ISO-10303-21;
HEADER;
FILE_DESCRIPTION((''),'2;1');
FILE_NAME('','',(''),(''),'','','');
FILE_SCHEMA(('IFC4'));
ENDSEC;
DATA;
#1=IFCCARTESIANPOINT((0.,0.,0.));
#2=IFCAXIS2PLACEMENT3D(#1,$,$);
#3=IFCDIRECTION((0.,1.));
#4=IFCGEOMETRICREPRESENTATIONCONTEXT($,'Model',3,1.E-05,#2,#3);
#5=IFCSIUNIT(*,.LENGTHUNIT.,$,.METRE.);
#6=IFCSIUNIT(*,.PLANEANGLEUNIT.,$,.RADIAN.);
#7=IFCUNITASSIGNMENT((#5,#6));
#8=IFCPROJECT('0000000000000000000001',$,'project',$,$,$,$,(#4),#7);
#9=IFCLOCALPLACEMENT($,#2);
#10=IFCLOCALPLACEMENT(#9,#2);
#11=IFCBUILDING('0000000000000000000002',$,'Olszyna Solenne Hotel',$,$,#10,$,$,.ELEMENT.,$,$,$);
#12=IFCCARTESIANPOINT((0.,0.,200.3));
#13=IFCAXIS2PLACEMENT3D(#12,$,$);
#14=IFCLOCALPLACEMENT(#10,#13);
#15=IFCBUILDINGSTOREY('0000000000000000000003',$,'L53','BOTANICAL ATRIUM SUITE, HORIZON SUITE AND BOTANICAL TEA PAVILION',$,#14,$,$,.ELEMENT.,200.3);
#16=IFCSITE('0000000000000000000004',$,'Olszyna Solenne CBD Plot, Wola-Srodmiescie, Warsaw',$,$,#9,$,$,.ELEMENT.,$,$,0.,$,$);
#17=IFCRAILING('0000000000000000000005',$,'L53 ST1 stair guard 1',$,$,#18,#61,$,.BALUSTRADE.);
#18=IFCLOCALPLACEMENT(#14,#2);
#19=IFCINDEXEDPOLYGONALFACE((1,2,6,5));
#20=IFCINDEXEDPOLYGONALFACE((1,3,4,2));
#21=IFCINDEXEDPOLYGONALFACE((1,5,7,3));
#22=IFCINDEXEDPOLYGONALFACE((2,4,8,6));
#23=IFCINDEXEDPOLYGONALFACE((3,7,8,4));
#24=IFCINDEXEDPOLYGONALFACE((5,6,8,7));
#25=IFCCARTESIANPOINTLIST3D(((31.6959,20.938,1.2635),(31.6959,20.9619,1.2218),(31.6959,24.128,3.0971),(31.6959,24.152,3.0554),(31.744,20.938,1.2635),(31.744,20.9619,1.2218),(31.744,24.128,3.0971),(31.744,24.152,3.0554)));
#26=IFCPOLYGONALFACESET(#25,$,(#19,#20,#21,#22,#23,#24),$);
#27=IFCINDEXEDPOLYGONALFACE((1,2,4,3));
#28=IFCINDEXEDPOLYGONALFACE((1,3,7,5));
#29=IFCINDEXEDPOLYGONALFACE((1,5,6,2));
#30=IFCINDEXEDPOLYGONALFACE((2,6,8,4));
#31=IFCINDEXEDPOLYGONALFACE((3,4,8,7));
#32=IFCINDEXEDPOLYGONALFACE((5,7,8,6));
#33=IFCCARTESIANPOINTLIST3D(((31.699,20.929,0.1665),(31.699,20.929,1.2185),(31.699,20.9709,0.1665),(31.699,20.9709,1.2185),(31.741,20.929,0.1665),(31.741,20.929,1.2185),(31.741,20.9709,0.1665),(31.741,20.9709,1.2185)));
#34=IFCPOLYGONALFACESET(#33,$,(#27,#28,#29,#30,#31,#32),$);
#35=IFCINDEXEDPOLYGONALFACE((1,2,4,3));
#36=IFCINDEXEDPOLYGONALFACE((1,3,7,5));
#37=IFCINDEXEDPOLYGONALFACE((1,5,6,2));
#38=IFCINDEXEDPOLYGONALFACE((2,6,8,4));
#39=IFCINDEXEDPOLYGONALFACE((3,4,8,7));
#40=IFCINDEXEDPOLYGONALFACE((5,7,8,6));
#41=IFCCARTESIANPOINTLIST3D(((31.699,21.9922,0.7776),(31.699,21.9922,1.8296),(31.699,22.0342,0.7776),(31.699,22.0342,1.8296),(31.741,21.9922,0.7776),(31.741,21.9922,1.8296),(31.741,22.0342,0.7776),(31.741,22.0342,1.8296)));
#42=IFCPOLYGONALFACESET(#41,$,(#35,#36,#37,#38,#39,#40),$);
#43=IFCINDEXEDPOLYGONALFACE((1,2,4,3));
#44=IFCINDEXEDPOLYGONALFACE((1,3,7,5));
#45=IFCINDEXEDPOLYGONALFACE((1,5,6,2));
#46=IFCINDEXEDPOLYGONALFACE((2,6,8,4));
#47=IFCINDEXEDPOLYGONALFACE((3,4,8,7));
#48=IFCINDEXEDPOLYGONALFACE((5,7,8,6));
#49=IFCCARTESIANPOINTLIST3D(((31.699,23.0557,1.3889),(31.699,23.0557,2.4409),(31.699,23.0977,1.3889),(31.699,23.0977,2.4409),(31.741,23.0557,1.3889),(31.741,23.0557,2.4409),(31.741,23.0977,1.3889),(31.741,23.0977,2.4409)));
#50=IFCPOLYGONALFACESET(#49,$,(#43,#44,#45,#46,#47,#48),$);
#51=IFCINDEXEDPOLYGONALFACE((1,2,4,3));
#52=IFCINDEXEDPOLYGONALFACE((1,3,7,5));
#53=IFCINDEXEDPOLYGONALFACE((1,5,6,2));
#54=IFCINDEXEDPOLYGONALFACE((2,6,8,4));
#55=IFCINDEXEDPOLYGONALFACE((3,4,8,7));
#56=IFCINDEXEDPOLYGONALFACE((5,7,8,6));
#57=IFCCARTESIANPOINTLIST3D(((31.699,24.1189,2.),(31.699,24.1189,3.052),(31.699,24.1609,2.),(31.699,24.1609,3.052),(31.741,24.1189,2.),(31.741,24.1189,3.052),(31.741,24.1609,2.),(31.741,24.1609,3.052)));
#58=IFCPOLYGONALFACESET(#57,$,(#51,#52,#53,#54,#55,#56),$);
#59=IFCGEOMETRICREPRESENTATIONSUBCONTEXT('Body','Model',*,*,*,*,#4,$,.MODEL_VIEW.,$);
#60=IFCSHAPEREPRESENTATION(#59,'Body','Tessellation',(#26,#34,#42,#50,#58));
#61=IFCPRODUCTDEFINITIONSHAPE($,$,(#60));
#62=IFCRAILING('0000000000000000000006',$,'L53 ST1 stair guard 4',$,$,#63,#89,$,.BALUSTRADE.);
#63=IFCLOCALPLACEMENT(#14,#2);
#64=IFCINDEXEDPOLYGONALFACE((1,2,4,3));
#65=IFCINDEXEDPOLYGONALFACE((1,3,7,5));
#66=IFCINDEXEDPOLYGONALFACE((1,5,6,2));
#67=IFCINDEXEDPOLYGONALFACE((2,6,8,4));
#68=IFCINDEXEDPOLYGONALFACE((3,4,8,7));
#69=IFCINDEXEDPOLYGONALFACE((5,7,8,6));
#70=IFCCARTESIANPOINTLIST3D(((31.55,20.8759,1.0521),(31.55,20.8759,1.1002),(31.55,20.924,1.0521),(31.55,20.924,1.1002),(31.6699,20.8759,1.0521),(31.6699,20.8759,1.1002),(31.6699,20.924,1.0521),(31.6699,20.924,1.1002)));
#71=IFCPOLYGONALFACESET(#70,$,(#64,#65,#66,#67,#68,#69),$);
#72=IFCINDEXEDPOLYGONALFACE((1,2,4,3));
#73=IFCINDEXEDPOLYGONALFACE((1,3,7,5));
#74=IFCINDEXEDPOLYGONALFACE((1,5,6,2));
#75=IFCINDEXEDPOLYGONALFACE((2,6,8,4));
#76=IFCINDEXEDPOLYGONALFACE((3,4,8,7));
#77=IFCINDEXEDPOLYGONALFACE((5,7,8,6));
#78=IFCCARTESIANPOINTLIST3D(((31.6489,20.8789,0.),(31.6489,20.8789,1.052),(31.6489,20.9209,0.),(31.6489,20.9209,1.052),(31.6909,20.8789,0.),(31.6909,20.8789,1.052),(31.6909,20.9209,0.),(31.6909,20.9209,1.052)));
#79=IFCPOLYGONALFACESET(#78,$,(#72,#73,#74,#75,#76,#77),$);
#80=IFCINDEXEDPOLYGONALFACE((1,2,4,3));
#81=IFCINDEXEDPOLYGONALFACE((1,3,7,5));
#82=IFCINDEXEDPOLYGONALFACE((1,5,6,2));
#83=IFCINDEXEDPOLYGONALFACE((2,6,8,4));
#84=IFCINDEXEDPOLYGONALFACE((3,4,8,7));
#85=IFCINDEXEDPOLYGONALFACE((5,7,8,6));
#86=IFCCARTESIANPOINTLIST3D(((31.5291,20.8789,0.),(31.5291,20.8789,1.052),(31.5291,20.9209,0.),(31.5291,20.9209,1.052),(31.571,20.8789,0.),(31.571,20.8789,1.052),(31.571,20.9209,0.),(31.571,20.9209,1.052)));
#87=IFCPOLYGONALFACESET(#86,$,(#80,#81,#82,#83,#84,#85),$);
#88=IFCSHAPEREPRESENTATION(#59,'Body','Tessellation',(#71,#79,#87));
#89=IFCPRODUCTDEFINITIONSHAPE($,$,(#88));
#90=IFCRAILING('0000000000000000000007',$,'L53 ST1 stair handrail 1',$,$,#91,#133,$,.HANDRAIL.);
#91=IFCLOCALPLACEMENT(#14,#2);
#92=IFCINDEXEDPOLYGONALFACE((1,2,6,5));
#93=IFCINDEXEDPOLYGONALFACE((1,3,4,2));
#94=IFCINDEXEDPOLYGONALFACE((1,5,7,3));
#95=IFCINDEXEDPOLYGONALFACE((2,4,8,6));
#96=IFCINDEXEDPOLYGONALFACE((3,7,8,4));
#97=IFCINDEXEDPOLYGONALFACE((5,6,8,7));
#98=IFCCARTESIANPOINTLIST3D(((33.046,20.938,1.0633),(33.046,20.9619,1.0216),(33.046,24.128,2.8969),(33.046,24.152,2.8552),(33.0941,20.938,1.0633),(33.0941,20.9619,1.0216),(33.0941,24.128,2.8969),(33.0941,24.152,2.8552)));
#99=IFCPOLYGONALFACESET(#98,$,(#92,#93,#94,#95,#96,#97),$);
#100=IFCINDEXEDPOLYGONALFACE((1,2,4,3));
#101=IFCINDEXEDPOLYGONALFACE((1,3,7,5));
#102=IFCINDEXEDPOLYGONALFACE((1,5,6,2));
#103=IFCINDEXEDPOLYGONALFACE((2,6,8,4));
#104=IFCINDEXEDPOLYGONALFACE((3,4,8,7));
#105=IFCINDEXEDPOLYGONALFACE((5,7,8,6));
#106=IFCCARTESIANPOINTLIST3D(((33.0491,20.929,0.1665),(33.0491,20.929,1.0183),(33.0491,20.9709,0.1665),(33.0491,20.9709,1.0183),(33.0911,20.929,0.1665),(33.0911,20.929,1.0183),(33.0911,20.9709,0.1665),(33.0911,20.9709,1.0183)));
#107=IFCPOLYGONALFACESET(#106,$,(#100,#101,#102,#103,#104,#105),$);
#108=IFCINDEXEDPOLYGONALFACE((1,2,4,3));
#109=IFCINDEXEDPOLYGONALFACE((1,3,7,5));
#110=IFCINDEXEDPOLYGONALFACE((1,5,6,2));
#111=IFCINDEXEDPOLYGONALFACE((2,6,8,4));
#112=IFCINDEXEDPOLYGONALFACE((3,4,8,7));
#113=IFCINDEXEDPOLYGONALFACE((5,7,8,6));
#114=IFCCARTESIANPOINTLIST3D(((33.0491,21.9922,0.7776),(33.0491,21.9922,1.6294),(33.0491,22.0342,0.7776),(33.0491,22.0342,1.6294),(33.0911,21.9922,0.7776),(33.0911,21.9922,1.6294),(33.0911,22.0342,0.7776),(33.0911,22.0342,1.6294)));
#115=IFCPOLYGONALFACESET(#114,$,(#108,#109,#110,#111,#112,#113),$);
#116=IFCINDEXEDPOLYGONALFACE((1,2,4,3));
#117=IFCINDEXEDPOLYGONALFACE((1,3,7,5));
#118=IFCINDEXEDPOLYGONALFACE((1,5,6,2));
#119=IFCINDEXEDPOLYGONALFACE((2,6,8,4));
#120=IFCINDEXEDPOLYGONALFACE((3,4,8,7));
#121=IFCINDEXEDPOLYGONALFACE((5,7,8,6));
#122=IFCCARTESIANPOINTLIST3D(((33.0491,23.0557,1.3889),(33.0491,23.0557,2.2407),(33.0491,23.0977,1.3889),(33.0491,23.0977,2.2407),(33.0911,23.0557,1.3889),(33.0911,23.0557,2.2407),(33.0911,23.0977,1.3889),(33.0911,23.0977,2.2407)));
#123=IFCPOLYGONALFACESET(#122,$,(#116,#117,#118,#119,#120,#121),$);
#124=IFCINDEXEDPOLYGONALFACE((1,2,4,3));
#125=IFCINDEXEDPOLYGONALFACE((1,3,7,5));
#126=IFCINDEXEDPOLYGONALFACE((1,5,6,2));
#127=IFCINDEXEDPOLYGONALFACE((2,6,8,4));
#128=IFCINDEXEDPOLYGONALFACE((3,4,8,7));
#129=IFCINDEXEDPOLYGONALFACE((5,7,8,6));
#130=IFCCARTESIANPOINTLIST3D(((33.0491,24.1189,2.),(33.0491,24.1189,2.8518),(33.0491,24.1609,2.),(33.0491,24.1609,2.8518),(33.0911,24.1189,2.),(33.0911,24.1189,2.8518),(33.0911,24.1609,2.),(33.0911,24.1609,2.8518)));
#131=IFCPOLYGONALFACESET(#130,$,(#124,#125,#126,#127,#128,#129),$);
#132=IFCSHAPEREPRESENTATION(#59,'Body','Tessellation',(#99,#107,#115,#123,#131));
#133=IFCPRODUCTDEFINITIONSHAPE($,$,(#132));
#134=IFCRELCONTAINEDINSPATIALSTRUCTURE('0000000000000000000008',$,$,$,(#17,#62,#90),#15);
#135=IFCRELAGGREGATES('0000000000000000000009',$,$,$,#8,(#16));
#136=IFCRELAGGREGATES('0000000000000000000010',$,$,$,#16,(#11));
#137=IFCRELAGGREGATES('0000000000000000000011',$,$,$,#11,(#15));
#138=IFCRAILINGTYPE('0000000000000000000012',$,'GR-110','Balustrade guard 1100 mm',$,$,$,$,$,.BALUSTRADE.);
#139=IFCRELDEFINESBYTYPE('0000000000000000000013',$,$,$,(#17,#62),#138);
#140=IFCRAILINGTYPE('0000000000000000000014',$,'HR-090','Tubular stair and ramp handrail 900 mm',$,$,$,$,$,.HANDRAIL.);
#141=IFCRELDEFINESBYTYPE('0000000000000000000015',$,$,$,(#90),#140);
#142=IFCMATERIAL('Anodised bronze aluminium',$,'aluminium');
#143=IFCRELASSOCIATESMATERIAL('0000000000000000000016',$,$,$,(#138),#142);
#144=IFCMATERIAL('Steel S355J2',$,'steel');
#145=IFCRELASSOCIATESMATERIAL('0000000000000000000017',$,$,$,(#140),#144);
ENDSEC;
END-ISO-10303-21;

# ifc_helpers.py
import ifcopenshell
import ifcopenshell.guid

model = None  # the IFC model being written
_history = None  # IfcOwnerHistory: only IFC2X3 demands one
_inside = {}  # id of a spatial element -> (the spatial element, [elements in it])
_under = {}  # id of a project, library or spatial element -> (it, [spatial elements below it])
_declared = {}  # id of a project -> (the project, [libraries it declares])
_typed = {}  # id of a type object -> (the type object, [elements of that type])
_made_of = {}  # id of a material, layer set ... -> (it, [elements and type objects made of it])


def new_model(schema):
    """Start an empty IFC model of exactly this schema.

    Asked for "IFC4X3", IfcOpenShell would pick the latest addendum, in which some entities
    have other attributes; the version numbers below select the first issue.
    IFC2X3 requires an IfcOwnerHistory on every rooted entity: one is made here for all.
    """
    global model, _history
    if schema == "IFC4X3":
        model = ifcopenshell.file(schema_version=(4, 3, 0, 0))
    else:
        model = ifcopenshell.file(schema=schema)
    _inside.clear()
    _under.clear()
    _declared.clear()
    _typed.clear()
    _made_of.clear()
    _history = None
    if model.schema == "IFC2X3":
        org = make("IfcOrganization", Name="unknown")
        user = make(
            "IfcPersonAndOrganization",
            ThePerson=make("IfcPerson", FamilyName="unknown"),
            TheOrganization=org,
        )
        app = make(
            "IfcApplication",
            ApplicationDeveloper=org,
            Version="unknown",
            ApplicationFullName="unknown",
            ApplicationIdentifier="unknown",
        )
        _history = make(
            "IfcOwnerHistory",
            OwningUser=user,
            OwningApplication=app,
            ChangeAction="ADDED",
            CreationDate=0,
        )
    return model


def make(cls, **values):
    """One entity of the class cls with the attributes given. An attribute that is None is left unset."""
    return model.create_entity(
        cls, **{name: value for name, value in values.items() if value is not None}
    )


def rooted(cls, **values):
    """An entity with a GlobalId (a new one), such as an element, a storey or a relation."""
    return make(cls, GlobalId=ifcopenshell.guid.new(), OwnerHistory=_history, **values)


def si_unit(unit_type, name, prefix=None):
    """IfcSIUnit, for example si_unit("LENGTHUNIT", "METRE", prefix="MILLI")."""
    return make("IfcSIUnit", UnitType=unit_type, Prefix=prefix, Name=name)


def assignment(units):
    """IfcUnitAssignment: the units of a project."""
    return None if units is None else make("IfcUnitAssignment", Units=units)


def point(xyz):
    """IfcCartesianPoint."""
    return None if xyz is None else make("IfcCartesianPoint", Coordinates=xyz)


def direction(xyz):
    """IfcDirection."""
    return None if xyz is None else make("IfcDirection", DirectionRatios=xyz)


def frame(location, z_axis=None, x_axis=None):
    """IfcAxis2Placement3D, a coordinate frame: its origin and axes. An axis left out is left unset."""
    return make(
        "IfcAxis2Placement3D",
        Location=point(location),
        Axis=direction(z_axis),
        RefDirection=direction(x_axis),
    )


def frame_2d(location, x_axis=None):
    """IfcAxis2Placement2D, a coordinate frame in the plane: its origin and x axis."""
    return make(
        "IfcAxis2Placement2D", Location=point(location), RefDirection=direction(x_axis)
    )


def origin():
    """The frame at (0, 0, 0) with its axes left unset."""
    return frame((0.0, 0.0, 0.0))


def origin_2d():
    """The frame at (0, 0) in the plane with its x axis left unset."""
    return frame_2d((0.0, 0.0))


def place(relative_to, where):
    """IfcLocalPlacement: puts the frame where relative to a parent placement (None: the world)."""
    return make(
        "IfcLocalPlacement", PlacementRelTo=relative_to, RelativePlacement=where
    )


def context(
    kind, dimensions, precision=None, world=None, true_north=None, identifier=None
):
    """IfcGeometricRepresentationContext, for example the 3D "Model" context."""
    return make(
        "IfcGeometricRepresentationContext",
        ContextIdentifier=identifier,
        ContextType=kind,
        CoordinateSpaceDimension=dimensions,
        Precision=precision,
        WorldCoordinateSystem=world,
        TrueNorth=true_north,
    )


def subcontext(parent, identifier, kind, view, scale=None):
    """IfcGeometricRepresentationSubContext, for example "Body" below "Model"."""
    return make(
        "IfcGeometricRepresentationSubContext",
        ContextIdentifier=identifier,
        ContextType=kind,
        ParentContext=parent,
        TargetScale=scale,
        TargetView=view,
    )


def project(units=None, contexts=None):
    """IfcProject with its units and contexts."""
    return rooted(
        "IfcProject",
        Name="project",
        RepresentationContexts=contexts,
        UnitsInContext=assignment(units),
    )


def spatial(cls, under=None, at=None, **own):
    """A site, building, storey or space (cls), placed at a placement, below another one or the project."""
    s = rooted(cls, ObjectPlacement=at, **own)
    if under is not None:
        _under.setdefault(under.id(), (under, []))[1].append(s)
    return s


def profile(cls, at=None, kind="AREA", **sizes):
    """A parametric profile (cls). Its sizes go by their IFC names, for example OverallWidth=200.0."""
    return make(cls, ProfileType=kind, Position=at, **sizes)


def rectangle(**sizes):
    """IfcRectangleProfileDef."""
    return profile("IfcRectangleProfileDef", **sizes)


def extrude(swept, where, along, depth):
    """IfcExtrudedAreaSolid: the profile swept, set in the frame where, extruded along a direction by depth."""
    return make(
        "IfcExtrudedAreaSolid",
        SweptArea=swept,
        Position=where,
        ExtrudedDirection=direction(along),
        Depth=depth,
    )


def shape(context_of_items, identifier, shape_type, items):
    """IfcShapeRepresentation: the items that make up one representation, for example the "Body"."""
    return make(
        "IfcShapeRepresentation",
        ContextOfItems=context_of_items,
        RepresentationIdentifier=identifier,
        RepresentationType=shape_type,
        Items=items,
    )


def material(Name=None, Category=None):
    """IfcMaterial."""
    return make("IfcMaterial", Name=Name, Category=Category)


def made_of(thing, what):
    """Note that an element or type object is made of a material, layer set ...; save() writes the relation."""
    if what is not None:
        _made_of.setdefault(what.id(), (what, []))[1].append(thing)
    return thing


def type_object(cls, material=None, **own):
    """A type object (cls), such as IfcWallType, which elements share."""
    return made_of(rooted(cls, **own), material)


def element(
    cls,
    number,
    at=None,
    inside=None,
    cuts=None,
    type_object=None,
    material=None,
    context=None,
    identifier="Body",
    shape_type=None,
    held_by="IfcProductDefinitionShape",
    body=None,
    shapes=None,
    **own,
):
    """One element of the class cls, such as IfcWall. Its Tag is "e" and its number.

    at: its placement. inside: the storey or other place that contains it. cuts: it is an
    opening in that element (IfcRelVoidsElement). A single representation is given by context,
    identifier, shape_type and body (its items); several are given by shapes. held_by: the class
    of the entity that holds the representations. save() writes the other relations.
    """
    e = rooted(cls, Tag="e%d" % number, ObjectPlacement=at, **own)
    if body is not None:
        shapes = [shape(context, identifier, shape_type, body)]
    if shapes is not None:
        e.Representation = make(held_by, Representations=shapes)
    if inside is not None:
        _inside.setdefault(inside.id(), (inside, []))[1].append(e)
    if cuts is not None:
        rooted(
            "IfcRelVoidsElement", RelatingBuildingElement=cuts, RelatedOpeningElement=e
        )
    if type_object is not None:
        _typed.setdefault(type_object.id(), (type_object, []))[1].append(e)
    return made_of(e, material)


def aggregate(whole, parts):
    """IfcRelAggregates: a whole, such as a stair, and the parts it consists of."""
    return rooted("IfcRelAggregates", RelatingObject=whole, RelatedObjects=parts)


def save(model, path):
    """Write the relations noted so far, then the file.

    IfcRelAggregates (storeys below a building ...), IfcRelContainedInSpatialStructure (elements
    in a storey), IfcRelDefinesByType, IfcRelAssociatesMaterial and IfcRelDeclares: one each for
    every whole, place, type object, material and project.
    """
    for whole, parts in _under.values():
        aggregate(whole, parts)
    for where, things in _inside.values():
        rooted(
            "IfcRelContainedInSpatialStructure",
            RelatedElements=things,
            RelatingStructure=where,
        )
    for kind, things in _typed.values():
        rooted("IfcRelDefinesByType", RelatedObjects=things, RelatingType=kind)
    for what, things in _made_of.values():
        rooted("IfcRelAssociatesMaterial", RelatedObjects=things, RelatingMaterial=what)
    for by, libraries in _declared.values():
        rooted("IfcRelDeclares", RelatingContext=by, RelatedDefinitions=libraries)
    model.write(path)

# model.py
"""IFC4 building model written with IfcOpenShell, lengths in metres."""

from ifc_helpers import new_model, si_unit, direction, frame, origin, origin_2d, place, context, subcontext, project, spatial, rectangle, extrude, material, type_object, element, save


model = new_model("IFC4")

# Units and contexts
model_context = context("Model", 3, precision=1e-05, world=origin(), true_north=direction((0.0, 1.0)))
body_context = subcontext(model_context, "Body", "Model", "MODEL_VIEW")
ifc_project = project(units=[si_unit("LENGTHUNIT", "METRE"), si_unit("PLANEANGLEUNIT", "RADIAN")], contexts=[model_context])

# Site, building, storey
site_placement = place(None, origin())
site = spatial("IfcSite", under=ifc_project, at=site_placement, Name="Olszyna Solenne CBD Plot, Wola-Srodmiescie, Warsaw", CompositionType="ELEMENT", RefElevation=0.0)
building_placement = place(site_placement, origin())
building = spatial("IfcBuilding", under=site, at=building_placement, Name="Olszyna Solenne Hotel", CompositionType="ELEMENT")
storey_placement = place(building_placement, frame((0.0, 0.0, 200.3)))
storey = spatial("IfcBuildingStorey", under=building, at=storey_placement, Name="L53", Description="BOTANICAL ATRIUM SUITE, HORIZON SUITE AND BOTANICAL TEA PAVILION", CompositionType="ELEMENT", Elevation=200.3)

# Shared definitions
ifc_material_1 = material(Name="Steel S355J2", Category="steel")

# Shared definitions
ifc_material_2 = material(Name="Anodised bronze aluminium", Category="aluminium")

# Railings
railing_type_1 = type_object("IfcRailingType", Name="GR-110", Description="Balustrade guard 1100 mm", PredefinedType="BALUSTRADE", material=ifc_material_2)
railing_1_placement = place(storey_placement, frame((31.72, 20.95, 0.1665)))
element("IfcRailing", 1, at=railing_1_placement, inside=storey, type_object=railing_type_1, Name="L53 ST1 stair guard 1", PredefinedType="BALUSTRADE", context=body_context, shape_type="SweptSolid", body=[
    extrude(rectangle(XDim=0.0481, YDim=0.0481, at=origin_2d()), frame((0.0, 0.0, 1.0762), z_axis=(0.0, 0.866991, 0.498324), x_axis=(-1.0, 0.0, 0.0)), (0.0, 0.0, 1.0), 3.6794),
    extrude(rectangle(XDim=0.042, YDim=0.042, at=origin_2d()), origin(), (0.0, 0.0, 1.0), 1.052),
    extrude(rectangle(XDim=0.042, YDim=0.042, at=origin_2d()), frame((0.0, 1.0632, 0.6111)), (0.0, 0.0, 1.0), 1.052),
    extrude(rectangle(XDim=0.042, YDim=0.042, at=origin_2d()), frame((0.0, 2.1267, 1.2224)), (0.0, 0.0, 1.0), 1.052),
    extrude(rectangle(XDim=0.042, YDim=0.042, at=origin_2d()), frame((0.0, 3.1899, 1.8335)), (0.0, 0.0, 1.0), 1.052),
])
railing_2_placement = place(storey_placement, frame((31.6699, 20.8999, 0.0)))
element("IfcRailing", 2, at=railing_2_placement, inside=storey, type_object=railing_type_1, Name="L53 ST1 stair guard 4", PredefinedType="BALUSTRADE", context=body_context, shape_type="SweptSolid", body=[
    extrude(rectangle(XDim=0.0481, YDim=0.0481, at=origin_2d()), frame((0.0, 0.0, 1.0762), z_axis=(-1.0, 0.0, 0.0), x_axis=(0.0, -1.0, 0.0)), (0.0, 0.0, 1.0), 0.1199),
    extrude(rectangle(XDim=0.042, YDim=0.042, at=origin_2d()), origin(), (0.0, 0.0, 1.0), 1.052),
    extrude(rectangle(XDim=0.042, YDim=0.042, at=origin_2d()), frame((-0.1199, 0.0, 0.0)), (0.0, 0.0, 1.0), 1.052),
])
railing_type_2 = type_object("IfcRailingType", Name="HR-090", Description="Tubular stair and ramp handrail 900 mm", PredefinedType="HANDRAIL", material=ifc_material_1)
railing_3_placement = place(storey_placement, frame((33.0701, 20.95, 0.1665)))
element("IfcRailing", 3, at=railing_3_placement, inside=storey, type_object=railing_type_2, Name="L53 ST1 stair handrail 1", PredefinedType="HANDRAIL", context=body_context, shape_type="SweptSolid", body=[
    extrude(rectangle(XDim=0.0481, YDim=0.0481, at=origin_2d()), frame((0.0, 0.0, 0.876), z_axis=(0.0, 0.866991, 0.498324), x_axis=(-1.0, 0.0, 0.0)), (0.0, 0.0, 1.0), 3.6794),
    extrude(rectangle(XDim=0.042, YDim=0.042, at=origin_2d()), origin(), (0.0, 0.0, 1.0), 0.8518),
    extrude(rectangle(XDim=0.042, YDim=0.042, at=origin_2d()), frame((0.0, 1.0632, 0.6111)), (0.0, 0.0, 1.0), 0.8518),
    extrude(rectangle(XDim=0.042, YDim=0.042, at=origin_2d()), frame((0.0, 2.1267, 1.2224)), (0.0, 0.0, 1.0), 0.8518),
    extrude(rectangle(XDim=0.042, YDim=0.042, at=origin_2d()), frame((0.0, 3.1899, 1.8335)), (0.0, 0.0, 1.0), 0.8518),
])

save(model, "model.ifc")
